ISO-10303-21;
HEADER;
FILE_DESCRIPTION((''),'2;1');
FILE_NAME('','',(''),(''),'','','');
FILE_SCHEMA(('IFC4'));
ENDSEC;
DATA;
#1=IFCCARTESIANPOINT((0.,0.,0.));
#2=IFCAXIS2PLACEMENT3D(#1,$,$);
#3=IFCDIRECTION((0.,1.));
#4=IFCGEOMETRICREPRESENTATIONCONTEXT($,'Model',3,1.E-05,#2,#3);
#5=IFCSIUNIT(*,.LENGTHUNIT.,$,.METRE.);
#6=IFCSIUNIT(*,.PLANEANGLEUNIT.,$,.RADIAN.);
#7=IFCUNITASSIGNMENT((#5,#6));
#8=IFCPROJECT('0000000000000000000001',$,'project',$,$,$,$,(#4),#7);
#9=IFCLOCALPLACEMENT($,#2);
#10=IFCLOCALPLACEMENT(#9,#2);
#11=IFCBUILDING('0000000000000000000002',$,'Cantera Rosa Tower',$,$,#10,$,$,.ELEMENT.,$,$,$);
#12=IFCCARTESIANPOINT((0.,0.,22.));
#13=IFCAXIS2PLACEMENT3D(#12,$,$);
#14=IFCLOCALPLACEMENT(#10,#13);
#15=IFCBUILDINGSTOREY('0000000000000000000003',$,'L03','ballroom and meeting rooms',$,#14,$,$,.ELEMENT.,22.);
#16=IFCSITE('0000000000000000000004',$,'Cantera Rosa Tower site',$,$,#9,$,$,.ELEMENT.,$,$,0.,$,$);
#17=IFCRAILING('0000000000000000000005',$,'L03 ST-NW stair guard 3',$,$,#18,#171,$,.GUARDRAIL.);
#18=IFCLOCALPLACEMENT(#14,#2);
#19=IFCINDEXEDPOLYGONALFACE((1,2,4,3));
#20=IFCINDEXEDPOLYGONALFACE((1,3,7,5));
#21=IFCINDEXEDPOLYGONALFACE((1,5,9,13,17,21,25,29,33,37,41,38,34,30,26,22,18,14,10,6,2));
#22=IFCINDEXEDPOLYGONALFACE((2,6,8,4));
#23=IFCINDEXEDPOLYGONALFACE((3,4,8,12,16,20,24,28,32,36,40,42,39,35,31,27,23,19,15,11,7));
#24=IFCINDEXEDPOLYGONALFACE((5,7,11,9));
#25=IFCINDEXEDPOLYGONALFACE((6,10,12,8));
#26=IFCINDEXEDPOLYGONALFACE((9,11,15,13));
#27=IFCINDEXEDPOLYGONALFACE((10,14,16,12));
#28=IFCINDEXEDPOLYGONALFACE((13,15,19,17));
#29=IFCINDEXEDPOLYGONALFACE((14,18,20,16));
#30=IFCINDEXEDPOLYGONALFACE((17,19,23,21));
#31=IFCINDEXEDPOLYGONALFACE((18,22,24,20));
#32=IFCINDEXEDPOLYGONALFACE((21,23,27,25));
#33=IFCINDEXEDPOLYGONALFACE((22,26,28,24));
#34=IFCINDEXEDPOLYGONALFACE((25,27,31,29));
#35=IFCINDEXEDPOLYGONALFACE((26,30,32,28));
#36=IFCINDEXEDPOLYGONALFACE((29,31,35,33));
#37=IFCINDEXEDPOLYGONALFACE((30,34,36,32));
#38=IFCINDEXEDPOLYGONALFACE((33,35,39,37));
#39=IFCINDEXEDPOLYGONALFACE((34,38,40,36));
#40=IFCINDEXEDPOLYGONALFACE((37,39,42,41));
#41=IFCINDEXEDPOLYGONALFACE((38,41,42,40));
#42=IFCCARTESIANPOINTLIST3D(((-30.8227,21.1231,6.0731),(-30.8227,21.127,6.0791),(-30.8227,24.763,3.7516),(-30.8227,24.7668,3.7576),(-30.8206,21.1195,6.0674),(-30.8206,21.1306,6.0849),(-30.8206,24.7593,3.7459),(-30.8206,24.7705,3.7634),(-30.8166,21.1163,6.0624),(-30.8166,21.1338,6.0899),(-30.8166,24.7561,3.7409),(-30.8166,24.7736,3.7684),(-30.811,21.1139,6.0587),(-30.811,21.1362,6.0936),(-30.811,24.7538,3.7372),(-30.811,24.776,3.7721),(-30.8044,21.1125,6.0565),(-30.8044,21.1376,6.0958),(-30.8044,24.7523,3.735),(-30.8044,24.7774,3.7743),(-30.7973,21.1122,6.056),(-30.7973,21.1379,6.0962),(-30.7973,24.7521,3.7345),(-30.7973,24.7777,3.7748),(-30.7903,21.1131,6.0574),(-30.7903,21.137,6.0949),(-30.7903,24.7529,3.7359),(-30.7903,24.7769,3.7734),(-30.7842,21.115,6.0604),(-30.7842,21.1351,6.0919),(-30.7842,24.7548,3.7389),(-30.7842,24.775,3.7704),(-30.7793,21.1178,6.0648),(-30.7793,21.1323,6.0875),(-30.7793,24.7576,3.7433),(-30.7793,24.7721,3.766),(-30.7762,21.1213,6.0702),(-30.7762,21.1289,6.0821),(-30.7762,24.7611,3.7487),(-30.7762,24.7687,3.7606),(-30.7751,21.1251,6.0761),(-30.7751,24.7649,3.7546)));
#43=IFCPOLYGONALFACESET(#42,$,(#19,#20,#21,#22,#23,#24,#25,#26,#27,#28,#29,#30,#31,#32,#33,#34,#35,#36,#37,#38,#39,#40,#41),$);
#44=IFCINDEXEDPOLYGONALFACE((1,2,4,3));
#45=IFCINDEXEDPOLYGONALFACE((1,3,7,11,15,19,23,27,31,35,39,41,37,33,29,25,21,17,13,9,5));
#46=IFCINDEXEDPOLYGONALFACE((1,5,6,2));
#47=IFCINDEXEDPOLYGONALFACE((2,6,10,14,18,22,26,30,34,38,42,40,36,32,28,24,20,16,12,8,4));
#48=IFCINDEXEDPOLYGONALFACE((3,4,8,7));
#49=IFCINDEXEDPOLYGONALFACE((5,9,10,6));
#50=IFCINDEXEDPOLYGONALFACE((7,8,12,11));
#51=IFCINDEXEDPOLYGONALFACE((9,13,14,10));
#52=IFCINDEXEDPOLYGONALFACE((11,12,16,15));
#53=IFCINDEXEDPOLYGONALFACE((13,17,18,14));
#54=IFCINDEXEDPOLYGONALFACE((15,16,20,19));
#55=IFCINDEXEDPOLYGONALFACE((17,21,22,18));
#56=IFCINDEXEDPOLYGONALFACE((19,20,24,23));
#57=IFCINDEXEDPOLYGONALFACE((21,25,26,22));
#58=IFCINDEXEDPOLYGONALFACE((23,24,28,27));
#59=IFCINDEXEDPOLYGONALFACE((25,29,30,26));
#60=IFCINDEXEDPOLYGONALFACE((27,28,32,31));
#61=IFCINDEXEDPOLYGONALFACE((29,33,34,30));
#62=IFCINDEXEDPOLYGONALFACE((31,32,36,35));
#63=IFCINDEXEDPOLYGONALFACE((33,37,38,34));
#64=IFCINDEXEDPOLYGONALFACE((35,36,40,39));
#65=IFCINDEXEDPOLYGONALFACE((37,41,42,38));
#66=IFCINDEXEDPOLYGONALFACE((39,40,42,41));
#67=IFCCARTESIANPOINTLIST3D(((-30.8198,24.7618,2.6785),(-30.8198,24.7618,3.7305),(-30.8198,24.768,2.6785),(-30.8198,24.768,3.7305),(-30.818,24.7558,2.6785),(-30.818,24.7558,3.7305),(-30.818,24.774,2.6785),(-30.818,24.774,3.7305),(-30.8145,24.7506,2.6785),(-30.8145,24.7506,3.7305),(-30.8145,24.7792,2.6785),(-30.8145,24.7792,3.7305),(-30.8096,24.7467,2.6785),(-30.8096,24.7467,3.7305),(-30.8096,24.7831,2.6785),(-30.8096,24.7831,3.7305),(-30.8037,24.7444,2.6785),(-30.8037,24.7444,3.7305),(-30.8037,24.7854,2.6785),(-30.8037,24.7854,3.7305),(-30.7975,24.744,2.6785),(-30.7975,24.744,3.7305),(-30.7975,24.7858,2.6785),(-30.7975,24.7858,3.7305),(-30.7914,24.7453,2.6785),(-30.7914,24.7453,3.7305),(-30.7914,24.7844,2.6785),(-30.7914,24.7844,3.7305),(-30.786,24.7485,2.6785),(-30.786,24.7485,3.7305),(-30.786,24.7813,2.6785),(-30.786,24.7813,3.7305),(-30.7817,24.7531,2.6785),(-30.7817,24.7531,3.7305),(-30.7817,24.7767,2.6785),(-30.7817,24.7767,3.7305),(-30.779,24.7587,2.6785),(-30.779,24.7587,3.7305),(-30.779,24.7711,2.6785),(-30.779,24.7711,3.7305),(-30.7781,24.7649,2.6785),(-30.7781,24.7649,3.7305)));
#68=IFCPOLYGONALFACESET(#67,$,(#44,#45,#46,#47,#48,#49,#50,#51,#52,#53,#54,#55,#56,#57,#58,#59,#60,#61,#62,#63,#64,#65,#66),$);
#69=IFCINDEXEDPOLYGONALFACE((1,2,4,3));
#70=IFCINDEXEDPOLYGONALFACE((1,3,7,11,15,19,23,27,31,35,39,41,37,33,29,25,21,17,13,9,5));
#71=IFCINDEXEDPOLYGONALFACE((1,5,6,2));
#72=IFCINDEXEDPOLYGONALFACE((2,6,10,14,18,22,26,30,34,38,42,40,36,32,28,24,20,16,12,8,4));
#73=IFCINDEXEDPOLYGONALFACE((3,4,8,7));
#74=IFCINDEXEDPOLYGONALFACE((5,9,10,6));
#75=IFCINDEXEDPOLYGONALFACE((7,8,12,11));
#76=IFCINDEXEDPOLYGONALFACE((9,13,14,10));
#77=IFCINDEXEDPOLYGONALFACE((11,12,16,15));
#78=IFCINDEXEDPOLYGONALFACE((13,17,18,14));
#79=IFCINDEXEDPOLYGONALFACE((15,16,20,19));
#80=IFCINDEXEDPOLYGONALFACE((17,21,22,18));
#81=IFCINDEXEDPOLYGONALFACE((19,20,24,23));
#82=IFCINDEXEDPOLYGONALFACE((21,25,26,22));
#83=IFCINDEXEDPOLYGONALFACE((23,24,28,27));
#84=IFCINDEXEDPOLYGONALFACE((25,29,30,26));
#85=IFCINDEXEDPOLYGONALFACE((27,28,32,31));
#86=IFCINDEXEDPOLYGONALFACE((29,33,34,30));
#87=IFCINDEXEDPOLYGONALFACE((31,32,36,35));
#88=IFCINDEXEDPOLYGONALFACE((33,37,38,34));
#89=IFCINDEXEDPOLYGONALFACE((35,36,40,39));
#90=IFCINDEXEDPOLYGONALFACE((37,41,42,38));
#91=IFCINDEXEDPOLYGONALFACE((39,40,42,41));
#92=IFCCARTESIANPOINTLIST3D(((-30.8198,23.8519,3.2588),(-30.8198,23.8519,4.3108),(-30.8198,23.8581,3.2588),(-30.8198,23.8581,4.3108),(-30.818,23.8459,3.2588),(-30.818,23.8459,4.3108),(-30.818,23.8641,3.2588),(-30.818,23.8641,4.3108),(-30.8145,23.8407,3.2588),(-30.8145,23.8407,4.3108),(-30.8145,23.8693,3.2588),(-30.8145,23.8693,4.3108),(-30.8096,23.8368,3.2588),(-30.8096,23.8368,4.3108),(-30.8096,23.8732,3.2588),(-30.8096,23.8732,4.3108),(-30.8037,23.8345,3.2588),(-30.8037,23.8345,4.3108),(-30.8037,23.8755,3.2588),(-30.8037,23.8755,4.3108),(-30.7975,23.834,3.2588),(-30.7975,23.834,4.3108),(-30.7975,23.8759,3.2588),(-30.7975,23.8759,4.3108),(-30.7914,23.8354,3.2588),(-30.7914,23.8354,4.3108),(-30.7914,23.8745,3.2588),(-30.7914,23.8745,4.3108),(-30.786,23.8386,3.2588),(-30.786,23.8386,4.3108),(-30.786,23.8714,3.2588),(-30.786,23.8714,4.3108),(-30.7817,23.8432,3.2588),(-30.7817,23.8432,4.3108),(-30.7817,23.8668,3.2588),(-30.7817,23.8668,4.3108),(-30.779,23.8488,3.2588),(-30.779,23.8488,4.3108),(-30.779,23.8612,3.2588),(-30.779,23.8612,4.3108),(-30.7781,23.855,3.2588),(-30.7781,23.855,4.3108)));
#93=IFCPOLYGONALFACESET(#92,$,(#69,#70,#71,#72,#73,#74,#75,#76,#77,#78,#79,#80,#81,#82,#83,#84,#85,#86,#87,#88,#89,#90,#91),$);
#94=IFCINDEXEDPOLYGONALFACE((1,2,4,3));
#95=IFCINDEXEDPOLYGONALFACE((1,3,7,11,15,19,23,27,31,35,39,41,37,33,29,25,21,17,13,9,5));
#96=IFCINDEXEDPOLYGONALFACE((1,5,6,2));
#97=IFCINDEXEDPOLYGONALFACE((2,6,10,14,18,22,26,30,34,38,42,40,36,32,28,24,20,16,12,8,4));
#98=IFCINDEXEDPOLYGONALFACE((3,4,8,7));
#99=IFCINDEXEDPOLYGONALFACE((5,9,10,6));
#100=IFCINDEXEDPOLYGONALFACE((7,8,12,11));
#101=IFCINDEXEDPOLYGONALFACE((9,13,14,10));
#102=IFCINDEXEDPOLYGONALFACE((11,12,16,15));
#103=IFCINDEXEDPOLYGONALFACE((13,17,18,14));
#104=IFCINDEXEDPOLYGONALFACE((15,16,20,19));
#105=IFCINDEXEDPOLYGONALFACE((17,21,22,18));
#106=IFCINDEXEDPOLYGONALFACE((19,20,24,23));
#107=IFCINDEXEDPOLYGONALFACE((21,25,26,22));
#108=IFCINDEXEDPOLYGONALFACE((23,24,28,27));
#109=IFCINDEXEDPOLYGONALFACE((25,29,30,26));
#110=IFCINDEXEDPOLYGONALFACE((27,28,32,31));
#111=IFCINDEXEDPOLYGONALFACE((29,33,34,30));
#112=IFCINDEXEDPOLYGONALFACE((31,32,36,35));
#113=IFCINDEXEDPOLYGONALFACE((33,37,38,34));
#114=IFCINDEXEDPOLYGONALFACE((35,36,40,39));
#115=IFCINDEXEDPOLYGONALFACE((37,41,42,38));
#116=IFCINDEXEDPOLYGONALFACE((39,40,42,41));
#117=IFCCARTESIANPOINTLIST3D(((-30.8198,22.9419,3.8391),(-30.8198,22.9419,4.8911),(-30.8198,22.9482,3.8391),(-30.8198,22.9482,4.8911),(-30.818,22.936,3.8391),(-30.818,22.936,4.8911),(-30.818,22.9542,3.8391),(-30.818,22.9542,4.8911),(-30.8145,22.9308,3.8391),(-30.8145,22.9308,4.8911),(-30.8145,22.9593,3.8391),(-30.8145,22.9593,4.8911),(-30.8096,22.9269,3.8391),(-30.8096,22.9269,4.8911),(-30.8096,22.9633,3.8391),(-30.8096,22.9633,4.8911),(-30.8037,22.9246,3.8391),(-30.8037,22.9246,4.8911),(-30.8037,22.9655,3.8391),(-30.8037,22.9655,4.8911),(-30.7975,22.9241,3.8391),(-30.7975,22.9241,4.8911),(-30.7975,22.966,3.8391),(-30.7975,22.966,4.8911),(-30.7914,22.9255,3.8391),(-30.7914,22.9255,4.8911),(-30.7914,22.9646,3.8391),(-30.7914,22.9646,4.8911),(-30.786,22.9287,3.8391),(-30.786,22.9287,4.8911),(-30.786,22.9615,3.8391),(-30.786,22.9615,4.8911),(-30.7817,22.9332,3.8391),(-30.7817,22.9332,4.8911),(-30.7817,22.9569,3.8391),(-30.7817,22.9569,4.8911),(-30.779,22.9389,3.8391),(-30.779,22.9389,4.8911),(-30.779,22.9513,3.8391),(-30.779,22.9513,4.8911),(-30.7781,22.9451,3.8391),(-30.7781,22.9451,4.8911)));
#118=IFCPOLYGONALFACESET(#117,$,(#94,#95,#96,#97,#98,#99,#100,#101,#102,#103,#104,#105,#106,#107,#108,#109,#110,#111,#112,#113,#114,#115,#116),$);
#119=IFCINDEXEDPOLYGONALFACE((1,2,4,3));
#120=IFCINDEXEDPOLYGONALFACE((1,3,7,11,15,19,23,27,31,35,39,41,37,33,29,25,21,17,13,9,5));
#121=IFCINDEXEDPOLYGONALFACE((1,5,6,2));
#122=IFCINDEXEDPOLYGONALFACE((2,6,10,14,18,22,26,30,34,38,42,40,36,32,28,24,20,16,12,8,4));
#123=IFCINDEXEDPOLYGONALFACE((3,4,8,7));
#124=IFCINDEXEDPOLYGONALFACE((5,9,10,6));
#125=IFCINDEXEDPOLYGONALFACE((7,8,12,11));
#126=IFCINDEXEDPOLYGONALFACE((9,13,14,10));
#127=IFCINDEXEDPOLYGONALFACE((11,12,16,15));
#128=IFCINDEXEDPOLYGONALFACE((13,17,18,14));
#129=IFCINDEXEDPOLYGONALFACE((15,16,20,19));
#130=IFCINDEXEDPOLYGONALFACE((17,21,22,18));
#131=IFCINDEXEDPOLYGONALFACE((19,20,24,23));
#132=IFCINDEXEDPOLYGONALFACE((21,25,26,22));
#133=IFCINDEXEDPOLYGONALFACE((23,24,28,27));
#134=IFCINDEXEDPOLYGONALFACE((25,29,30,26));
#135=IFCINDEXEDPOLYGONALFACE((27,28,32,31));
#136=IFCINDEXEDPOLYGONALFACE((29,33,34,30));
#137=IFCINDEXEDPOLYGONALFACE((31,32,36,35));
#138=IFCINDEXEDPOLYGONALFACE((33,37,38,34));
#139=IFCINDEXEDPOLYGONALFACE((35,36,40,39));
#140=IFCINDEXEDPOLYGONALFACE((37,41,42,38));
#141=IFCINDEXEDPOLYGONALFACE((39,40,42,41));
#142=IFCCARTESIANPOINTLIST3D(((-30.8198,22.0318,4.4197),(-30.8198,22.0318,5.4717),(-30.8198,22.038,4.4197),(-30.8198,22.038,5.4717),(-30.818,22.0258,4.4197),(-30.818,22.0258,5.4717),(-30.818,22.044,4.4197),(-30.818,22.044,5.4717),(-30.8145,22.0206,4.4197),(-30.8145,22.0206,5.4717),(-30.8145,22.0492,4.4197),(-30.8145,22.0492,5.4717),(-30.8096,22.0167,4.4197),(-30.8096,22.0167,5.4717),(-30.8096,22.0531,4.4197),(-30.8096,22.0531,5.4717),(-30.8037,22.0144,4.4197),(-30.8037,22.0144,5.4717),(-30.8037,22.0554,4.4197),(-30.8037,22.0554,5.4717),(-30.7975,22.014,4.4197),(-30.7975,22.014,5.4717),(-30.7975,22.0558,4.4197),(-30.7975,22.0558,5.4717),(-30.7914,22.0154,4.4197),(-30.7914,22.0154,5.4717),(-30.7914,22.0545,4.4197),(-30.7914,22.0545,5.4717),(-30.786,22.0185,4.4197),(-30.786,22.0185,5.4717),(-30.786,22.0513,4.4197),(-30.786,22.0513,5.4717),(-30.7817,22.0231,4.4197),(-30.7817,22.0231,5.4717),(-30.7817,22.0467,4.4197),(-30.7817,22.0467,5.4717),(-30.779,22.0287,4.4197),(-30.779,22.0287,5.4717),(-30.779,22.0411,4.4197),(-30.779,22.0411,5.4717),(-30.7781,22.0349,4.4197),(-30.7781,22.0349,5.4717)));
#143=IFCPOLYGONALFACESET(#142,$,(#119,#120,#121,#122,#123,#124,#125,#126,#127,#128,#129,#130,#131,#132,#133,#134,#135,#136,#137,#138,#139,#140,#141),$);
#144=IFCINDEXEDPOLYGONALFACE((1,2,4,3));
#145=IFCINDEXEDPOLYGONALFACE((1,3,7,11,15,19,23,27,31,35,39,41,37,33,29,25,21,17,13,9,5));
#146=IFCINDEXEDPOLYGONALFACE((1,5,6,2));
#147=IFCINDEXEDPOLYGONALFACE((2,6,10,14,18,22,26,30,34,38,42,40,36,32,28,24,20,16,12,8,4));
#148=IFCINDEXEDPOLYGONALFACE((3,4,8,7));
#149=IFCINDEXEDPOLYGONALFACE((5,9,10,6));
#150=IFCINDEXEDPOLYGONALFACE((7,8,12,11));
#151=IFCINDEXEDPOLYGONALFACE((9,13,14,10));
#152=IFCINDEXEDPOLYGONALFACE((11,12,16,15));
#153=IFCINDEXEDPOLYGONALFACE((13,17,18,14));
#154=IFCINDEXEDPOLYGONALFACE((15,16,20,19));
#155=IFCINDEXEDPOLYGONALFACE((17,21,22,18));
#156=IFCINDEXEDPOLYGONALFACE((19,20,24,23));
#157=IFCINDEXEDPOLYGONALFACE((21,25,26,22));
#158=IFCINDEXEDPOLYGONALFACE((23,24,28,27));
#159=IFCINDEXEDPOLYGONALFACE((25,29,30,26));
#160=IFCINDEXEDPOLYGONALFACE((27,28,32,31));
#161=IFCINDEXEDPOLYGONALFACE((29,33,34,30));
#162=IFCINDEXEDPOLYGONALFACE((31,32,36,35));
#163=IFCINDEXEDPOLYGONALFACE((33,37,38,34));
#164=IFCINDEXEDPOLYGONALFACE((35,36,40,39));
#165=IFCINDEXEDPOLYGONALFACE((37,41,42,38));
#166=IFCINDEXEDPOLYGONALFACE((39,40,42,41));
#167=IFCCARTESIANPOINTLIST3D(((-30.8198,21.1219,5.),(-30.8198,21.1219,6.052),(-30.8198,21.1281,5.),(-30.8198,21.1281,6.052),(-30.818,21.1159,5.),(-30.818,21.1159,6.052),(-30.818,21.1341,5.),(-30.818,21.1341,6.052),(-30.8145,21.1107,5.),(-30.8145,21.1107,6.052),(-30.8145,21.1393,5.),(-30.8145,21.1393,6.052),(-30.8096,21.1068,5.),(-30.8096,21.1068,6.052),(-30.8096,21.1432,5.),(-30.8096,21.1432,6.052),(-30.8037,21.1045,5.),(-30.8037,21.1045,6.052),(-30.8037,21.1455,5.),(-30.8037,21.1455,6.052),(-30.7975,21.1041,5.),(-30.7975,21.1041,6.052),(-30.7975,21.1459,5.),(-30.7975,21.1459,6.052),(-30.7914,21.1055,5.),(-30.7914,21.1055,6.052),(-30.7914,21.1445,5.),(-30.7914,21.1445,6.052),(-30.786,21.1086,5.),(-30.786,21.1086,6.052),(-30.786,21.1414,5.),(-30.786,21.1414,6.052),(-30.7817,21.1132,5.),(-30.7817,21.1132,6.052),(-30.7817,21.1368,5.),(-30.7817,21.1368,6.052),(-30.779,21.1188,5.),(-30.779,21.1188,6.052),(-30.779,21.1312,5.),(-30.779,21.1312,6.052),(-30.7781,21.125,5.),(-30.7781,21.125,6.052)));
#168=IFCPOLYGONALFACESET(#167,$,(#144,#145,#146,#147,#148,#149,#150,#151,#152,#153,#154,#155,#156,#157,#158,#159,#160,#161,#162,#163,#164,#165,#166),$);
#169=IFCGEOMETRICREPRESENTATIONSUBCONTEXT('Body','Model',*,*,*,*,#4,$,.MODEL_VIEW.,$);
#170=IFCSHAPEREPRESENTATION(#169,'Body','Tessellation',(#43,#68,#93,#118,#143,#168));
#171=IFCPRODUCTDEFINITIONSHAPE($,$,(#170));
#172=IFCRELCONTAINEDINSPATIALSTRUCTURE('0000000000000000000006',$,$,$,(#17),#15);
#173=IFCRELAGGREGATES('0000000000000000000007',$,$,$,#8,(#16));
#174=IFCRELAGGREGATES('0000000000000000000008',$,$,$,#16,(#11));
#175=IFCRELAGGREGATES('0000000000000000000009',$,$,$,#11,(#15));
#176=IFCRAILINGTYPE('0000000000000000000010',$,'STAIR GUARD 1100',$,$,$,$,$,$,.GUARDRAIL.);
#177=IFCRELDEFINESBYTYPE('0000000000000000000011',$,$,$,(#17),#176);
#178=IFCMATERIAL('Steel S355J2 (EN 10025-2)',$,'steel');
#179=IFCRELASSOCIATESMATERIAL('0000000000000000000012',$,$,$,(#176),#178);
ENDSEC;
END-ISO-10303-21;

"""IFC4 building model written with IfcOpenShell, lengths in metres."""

from ifc_helpers import new_model, si_unit, direction, frame, origin, origin_2d, place, context, subcontext, project, spatial, circle, extrude, material, type_object, element, save


model = new_model("IFC4")

# Units and contexts
model_context = context("Model", 3, precision=1e-05, world=origin(), true_north=direction((0.0, 1.0)))
body_context = subcontext(model_context, "Body", "Model", "MODEL_VIEW")
ifc_project = project(units=[si_unit("LENGTHUNIT", "METRE"), si_unit("PLANEANGLEUNIT", "RADIAN")], contexts=[model_context])

# Site, building, storey
site_placement = place(None, origin())
site = spatial("IfcSite", under=ifc_project, at=site_placement, Name="Cantera Rosa Tower site", CompositionType="ELEMENT", RefElevation=0.0)
building_placement = place(site_placement, origin())
building = spatial("IfcBuilding", under=site, at=building_placement, Name="Cantera Rosa Tower", CompositionType="ELEMENT")
storey_placement = place(building_placement, frame((0.0, 0.0, 22.0)))
storey = spatial("IfcBuildingStorey", under=building, at=storey_placement, Name="L03", Description="ballroom and meeting rooms", CompositionType="ELEMENT", Elevation=22.0)

# Railing
ifc_material_1 = material(Name="Steel S355J2 (EN 10025-2)", Category="steel")
railing_type_1 = type_object("IfcRailingType", Name="STAIR GUARD 1100", PredefinedType="GUARDRAIL", material=ifc_material_1)
railing_1_placement = place(storey_placement, frame((-30.7991, 24.7649, 2.6785)))
element("IfcRailing", 1, at=railing_1_placement, inside=storey, type_object=railing_type_1, Name="L03 ST-NW stair guard 3", PredefinedType="GUARDRAIL", context=body_context, shape_type="SweptSolid", body=[
    extrude(circle(Radius=0.0239, at=origin_2d()), frame((0.0, 0.0, 1.0762), z_axis=(0.0, -0.843112, 0.537739), x_axis=(1.0, 0.0, 0.0)), (0.0, 0.0, 1.0), 4.3171),
    extrude(circle(Radius=0.021, at=origin_2d()), origin(), (0.0, 0.0, 1.0), 1.052),
    extrude(circle(Radius=0.021, at=origin_2d()), frame((0.0, -0.9099, 0.5803)), (0.0, 0.0, 1.0), 1.052),
    extrude(circle(Radius=0.021, at=origin_2d()), frame((0.0, -1.8198, 1.1606)), (0.0, 0.0, 1.0), 1.052),
    extrude(circle(Radius=0.021, at=origin_2d()), frame((0.0, -2.73, 1.7412)), (0.0, 0.0, 1.0), 1.052),
    extrude(circle(Radius=0.021, at=origin_2d()), frame((0.0, -3.6399, 2.3215)), (0.0, 0.0, 1.0), 1.052),
])

save(model, "model.ifc")
